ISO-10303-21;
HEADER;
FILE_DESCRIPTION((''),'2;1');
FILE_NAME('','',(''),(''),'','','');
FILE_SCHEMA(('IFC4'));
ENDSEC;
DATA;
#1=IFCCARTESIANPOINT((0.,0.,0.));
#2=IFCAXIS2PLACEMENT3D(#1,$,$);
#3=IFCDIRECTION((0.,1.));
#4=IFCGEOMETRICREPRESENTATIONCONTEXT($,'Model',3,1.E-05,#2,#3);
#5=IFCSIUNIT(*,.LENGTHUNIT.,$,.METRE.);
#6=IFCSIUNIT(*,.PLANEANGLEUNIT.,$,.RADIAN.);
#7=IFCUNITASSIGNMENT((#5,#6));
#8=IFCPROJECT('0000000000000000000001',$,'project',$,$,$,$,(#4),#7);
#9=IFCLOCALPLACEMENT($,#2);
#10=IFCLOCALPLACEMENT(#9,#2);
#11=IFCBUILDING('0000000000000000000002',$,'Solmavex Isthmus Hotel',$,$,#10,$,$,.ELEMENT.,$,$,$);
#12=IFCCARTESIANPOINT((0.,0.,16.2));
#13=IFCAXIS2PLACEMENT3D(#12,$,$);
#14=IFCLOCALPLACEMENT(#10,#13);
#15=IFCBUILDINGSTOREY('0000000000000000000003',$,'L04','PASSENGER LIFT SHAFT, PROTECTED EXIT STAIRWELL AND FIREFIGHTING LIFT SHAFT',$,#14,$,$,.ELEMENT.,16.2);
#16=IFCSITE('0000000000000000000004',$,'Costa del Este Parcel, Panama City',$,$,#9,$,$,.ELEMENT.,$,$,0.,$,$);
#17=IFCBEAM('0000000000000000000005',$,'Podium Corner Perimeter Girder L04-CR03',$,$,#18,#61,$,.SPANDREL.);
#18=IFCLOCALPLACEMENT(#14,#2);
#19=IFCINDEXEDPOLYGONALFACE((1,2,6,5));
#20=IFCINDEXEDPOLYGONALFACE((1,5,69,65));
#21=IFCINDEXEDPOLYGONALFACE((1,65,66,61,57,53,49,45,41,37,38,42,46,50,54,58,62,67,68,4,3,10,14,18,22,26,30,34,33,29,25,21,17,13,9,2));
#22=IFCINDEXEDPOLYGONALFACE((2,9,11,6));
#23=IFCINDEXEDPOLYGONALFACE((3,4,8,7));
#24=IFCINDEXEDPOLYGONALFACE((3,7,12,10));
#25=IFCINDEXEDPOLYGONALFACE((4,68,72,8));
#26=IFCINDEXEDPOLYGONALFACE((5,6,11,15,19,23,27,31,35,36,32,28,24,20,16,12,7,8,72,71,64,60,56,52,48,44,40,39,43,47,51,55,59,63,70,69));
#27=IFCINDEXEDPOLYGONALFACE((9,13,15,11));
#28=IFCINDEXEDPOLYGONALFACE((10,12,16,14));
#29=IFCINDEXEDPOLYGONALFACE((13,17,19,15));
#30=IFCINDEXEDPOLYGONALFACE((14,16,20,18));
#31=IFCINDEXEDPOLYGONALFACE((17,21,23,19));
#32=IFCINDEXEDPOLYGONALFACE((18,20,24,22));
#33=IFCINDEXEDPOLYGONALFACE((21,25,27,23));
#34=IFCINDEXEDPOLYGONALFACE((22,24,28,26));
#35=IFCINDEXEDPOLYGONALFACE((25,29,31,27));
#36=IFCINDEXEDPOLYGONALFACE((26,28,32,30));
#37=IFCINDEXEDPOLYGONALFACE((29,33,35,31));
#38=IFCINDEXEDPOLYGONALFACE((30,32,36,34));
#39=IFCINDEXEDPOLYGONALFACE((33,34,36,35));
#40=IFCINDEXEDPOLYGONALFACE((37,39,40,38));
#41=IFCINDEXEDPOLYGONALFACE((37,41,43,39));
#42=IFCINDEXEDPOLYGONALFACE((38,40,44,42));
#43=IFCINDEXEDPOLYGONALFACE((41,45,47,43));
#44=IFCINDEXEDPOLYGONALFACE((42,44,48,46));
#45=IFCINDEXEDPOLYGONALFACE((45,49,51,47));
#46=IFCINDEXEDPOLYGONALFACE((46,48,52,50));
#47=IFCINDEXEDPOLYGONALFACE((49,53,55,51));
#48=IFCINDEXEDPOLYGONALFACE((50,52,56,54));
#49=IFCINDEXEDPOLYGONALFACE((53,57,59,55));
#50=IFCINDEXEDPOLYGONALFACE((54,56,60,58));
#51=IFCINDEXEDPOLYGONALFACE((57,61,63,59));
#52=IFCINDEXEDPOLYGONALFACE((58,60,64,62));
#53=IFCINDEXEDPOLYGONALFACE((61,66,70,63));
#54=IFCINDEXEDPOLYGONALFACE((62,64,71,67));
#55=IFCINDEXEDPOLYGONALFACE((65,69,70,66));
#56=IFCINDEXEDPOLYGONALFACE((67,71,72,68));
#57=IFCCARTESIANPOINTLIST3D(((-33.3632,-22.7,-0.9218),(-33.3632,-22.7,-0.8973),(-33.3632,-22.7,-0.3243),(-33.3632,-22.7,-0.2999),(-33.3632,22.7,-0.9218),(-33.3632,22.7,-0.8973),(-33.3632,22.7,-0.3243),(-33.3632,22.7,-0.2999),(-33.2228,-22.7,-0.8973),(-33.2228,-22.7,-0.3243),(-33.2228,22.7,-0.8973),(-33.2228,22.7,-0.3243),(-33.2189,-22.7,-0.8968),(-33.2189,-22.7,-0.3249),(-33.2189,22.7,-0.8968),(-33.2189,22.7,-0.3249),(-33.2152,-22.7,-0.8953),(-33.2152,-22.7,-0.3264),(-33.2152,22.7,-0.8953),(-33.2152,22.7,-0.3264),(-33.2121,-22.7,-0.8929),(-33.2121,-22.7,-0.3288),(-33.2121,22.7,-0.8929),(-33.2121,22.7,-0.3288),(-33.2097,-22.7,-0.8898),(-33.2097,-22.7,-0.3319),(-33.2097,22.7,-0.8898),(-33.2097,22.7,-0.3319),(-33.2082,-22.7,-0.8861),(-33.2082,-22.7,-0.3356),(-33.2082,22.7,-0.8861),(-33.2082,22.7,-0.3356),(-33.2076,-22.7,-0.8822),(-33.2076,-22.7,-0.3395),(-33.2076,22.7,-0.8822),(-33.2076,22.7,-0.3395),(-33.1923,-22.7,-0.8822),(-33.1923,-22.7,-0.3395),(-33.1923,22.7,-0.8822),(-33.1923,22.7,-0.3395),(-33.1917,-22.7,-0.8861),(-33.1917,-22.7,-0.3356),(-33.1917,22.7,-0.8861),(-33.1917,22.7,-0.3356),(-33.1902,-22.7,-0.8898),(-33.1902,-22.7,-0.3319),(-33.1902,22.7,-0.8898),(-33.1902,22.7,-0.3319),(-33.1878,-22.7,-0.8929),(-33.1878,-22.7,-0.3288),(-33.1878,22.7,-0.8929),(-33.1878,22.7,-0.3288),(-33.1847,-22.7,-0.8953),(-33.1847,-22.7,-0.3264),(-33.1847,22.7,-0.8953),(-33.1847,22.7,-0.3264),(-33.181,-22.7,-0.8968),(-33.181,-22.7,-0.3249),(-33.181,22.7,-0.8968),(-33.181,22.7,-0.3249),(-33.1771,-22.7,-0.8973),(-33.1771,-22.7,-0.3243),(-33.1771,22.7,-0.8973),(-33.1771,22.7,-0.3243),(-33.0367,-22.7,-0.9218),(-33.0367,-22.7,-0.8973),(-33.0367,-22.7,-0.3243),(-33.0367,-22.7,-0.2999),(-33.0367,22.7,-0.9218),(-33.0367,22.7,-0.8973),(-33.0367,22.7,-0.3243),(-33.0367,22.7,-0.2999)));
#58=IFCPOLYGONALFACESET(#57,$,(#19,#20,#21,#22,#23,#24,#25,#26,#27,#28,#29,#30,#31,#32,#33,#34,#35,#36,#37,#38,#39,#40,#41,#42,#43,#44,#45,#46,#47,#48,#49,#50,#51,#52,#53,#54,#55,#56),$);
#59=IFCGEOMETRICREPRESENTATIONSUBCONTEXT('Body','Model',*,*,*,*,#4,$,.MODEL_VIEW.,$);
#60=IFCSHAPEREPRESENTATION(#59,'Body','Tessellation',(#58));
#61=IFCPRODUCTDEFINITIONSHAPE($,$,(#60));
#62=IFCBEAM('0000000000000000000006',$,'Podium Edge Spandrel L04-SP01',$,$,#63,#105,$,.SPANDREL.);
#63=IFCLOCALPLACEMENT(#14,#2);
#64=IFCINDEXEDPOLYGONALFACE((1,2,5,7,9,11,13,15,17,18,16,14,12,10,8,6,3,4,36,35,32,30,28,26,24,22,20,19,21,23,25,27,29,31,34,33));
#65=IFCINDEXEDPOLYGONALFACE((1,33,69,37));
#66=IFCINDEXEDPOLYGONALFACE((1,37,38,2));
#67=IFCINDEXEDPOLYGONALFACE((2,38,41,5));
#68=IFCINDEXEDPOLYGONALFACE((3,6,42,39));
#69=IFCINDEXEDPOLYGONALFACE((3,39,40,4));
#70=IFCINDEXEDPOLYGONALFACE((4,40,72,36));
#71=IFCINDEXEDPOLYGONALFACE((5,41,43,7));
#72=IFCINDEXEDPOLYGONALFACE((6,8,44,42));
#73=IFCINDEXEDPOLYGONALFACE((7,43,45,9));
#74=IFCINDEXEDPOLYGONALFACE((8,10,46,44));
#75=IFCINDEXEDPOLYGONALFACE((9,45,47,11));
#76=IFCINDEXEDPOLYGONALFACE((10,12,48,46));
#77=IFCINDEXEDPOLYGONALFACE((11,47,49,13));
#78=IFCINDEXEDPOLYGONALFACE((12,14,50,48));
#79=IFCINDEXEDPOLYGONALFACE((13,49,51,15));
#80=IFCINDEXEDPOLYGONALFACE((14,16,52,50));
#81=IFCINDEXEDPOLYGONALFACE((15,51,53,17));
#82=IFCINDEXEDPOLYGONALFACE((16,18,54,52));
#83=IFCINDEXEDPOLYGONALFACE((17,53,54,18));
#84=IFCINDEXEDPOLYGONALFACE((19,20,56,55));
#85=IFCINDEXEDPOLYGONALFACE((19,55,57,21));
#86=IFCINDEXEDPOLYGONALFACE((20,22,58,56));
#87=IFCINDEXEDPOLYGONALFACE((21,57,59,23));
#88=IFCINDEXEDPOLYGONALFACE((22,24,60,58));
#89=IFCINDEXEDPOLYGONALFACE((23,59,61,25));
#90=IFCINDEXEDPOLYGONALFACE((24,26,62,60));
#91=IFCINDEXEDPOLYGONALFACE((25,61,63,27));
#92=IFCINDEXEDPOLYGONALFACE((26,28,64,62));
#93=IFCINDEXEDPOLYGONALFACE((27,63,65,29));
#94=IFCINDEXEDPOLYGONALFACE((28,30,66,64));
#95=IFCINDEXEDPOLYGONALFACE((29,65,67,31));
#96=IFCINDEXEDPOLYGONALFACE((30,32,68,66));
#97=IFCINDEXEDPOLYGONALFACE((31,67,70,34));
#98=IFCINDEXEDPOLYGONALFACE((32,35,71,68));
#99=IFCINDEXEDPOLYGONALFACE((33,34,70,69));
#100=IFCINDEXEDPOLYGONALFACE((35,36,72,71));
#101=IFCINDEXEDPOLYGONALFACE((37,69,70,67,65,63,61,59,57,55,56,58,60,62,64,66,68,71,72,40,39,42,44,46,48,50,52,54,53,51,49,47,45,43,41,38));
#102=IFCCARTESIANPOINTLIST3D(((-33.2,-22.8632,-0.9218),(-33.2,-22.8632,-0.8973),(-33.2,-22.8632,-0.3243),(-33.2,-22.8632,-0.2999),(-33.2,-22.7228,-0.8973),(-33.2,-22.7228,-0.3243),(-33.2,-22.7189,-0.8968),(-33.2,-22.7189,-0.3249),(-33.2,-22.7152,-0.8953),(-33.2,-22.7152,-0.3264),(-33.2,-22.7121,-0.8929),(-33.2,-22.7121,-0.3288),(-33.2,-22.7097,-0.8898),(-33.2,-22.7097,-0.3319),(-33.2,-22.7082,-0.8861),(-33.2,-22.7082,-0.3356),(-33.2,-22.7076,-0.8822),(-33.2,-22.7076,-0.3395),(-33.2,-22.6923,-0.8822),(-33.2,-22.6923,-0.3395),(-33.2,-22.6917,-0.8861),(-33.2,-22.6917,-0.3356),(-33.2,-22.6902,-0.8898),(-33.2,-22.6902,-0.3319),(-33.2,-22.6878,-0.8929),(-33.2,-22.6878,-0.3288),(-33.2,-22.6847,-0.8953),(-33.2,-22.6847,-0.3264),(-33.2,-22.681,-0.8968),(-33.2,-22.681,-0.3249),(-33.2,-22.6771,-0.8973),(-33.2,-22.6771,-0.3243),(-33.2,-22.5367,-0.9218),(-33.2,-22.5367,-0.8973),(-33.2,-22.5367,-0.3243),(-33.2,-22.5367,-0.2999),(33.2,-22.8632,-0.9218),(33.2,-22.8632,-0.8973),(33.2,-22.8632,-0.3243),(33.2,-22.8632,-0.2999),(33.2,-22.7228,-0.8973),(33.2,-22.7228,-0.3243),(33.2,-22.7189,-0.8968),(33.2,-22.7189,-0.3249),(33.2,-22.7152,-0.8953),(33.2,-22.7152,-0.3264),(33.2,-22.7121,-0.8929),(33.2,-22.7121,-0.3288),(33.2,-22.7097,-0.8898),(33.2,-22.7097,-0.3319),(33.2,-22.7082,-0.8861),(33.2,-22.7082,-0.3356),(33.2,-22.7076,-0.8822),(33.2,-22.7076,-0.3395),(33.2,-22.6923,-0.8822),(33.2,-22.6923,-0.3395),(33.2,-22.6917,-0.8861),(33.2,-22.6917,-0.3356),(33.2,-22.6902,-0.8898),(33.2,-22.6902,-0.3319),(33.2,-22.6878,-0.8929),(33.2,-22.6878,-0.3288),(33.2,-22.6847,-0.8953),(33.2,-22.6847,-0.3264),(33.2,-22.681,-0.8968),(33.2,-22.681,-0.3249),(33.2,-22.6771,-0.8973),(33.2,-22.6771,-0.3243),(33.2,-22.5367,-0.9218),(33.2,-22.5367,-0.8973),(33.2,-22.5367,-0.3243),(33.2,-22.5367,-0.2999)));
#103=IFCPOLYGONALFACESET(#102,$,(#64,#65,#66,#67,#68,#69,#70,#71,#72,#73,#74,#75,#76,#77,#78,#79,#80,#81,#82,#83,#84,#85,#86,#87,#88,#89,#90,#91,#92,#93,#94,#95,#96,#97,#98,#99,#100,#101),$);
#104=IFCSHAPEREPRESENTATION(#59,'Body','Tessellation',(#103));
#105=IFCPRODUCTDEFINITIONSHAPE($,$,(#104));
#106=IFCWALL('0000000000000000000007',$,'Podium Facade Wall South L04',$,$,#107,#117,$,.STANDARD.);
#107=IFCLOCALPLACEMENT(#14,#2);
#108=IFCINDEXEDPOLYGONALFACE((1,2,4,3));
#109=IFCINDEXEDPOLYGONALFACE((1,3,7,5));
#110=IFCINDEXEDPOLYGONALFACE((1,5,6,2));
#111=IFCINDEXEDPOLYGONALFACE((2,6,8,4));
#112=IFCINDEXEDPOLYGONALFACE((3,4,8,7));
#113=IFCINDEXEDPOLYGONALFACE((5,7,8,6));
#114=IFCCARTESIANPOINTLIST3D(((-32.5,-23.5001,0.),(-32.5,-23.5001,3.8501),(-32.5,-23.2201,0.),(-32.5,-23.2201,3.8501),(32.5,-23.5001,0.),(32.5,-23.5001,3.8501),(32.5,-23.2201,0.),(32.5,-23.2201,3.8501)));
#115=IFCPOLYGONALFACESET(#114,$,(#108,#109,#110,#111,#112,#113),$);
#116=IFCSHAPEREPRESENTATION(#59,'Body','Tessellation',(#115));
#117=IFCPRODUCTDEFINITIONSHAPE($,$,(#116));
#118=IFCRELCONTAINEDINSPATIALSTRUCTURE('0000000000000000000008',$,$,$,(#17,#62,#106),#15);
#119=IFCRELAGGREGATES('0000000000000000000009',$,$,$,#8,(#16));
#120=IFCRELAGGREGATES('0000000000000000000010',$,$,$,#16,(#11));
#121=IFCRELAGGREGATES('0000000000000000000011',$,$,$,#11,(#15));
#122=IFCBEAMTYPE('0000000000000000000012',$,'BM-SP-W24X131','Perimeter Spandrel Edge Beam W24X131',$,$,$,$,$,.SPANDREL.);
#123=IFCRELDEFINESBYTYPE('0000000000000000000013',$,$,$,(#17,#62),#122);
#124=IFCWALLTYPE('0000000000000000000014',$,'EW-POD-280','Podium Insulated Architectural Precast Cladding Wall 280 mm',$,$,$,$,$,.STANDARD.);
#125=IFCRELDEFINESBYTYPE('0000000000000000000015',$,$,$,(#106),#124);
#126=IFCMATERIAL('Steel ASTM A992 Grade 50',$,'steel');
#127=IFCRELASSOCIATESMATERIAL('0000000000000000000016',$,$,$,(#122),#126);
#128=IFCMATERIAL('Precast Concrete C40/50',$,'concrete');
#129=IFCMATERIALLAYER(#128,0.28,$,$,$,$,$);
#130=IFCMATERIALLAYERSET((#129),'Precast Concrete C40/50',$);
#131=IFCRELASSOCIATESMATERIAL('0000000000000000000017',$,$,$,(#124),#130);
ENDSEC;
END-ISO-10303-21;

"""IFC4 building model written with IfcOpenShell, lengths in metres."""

from ifc_helpers import new_model, si_unit, direction, frame, frame_2d, origin, origin_2d, place, context, subcontext, project, spatial, rectangle, i_section, extrude, material, layer, layer_set, material_profile, profile_set, type_object, element, save


model = new_model("IFC4")

# Units and contexts
model_context = context("Model", 3, precision=1e-05, world=origin(), true_north=direction((0.0, 1.0)))
body_context = subcontext(model_context, "Body", "Model", "MODEL_VIEW")
ifc_project = project(units=[si_unit("LENGTHUNIT", "METRE"), si_unit("PLANEANGLEUNIT", "RADIAN")], contexts=[model_context])

# Site, building, storey
site_placement = place(None, origin())
site = spatial("IfcSite", under=ifc_project, at=site_placement, Name="Costa del Este Parcel, Panama City", CompositionType="ELEMENT", RefElevation=0.0)
building_placement = place(site_placement, origin())
building = spatial("IfcBuilding", under=site, at=building_placement, Name="Solmavex Isthmus Hotel", CompositionType="ELEMENT")
storey_placement = place(building_placement, frame((0.0, 0.0, 16.2)))
storey = spatial("IfcBuildingStorey", under=building, at=storey_placement, Name="L04", Description="PASSENGER LIFT SHAFT, PROTECTED EXIT STAIRWELL AND FIREFIGHTING LIFT SHAFT", CompositionType="ELEMENT", Elevation=16.2)

# Beams
ifc_material_1 = material(Name="Steel ASTM A992 Grade 50", Category="steel")
ifc_material_profile_1 = material_profile(ifc_material_1, i_section(OverallWidth=0.3264, OverallDepth=0.6218, WebThickness=0.0154, FlangeThickness=0.0244, FilletRadius=0.0151, at=origin_2d()), Name="W24X131")
ifc_profile_set_1 = profile_set([ifc_material_profile_1], Name="Steel ASTM A992 Grade 50")
beam_type_1 = type_object("IfcBeamType", Name="BM-SP-W24X131", Description="Perimeter Spandrel Edge Beam W24X131", PredefinedType="SPANDREL", material=ifc_profile_set_1)
beam_1_placement = place(storey_placement, frame((-33.2, -22.7, -0.6108), z_axis=(0.0, 1.0, 0.0), x_axis=(-1.0, 0.0, 0.0)))
element("IfcBeam", 1, at=beam_1_placement, inside=storey, type_object=beam_type_1, Name="Podium Corner Perimeter Girder L04-CR03", PredefinedType="SPANDREL", context=body_context, shape_type="SweptSolid", body=[
    extrude(i_section(OverallWidth=0.3264, OverallDepth=0.6218, WebThickness=0.0154, FlangeThickness=0.0244, FilletRadius=0.0151, at=origin_2d()), origin(), (0.0, 0.0, 1.0), 45.3999),
])
beam_2_placement = place(storey_placement, frame((-33.2, -22.7, -0.6108), z_axis=(1.0, 0.0, 0.0), x_axis=(0.0, 1.0, 0.0)))
element("IfcBeam", 2, at=beam_2_placement, inside=storey, type_object=beam_type_1, Name="Podium Edge Spandrel L04-SP01", PredefinedType="SPANDREL", context=body_context, shape_type="SweptSolid", body=[
    extrude(i_section(OverallWidth=0.3264, OverallDepth=0.6218, WebThickness=0.0154, FlangeThickness=0.0244, FilletRadius=0.0151, at=origin_2d()), origin(), (0.0, 0.0, 1.0), 66.3999),
])

# Wall
ifc_material_2 = material(Name="Precast Concrete C40/50", Category="concrete")
ifc_layer_1 = layer(ifc_material_2, 0.28)
ifc_layer_set_1 = layer_set([ifc_layer_1], Name="Precast Concrete C40/50")
wall_type_1 = type_object("IfcWallType", Name="EW-POD-280", Description="Podium Insulated Architectural Precast Cladding Wall 280 mm", PredefinedType="STANDARD", material=ifc_layer_set_1)
wall_1_placement = place(storey_placement, frame((-32.5, -23.3601, 0.0), z_axis=(0.0, 0.0, 1.0), x_axis=(1.0, 0.0, 0.0)))
element("IfcWall", 3, at=wall_1_placement, inside=storey, type_object=wall_type_1, Name="Podium Facade Wall South L04", PredefinedType="STANDARD", context=body_context, shape_type="SweptSolid", body=[
    extrude(rectangle(XDim=65.0, YDim=0.28, at=frame_2d((32.5, 0.0))), origin(), (0.0, 0.0, 1.0), 3.8501),
])

save(model, "model.ifc")
